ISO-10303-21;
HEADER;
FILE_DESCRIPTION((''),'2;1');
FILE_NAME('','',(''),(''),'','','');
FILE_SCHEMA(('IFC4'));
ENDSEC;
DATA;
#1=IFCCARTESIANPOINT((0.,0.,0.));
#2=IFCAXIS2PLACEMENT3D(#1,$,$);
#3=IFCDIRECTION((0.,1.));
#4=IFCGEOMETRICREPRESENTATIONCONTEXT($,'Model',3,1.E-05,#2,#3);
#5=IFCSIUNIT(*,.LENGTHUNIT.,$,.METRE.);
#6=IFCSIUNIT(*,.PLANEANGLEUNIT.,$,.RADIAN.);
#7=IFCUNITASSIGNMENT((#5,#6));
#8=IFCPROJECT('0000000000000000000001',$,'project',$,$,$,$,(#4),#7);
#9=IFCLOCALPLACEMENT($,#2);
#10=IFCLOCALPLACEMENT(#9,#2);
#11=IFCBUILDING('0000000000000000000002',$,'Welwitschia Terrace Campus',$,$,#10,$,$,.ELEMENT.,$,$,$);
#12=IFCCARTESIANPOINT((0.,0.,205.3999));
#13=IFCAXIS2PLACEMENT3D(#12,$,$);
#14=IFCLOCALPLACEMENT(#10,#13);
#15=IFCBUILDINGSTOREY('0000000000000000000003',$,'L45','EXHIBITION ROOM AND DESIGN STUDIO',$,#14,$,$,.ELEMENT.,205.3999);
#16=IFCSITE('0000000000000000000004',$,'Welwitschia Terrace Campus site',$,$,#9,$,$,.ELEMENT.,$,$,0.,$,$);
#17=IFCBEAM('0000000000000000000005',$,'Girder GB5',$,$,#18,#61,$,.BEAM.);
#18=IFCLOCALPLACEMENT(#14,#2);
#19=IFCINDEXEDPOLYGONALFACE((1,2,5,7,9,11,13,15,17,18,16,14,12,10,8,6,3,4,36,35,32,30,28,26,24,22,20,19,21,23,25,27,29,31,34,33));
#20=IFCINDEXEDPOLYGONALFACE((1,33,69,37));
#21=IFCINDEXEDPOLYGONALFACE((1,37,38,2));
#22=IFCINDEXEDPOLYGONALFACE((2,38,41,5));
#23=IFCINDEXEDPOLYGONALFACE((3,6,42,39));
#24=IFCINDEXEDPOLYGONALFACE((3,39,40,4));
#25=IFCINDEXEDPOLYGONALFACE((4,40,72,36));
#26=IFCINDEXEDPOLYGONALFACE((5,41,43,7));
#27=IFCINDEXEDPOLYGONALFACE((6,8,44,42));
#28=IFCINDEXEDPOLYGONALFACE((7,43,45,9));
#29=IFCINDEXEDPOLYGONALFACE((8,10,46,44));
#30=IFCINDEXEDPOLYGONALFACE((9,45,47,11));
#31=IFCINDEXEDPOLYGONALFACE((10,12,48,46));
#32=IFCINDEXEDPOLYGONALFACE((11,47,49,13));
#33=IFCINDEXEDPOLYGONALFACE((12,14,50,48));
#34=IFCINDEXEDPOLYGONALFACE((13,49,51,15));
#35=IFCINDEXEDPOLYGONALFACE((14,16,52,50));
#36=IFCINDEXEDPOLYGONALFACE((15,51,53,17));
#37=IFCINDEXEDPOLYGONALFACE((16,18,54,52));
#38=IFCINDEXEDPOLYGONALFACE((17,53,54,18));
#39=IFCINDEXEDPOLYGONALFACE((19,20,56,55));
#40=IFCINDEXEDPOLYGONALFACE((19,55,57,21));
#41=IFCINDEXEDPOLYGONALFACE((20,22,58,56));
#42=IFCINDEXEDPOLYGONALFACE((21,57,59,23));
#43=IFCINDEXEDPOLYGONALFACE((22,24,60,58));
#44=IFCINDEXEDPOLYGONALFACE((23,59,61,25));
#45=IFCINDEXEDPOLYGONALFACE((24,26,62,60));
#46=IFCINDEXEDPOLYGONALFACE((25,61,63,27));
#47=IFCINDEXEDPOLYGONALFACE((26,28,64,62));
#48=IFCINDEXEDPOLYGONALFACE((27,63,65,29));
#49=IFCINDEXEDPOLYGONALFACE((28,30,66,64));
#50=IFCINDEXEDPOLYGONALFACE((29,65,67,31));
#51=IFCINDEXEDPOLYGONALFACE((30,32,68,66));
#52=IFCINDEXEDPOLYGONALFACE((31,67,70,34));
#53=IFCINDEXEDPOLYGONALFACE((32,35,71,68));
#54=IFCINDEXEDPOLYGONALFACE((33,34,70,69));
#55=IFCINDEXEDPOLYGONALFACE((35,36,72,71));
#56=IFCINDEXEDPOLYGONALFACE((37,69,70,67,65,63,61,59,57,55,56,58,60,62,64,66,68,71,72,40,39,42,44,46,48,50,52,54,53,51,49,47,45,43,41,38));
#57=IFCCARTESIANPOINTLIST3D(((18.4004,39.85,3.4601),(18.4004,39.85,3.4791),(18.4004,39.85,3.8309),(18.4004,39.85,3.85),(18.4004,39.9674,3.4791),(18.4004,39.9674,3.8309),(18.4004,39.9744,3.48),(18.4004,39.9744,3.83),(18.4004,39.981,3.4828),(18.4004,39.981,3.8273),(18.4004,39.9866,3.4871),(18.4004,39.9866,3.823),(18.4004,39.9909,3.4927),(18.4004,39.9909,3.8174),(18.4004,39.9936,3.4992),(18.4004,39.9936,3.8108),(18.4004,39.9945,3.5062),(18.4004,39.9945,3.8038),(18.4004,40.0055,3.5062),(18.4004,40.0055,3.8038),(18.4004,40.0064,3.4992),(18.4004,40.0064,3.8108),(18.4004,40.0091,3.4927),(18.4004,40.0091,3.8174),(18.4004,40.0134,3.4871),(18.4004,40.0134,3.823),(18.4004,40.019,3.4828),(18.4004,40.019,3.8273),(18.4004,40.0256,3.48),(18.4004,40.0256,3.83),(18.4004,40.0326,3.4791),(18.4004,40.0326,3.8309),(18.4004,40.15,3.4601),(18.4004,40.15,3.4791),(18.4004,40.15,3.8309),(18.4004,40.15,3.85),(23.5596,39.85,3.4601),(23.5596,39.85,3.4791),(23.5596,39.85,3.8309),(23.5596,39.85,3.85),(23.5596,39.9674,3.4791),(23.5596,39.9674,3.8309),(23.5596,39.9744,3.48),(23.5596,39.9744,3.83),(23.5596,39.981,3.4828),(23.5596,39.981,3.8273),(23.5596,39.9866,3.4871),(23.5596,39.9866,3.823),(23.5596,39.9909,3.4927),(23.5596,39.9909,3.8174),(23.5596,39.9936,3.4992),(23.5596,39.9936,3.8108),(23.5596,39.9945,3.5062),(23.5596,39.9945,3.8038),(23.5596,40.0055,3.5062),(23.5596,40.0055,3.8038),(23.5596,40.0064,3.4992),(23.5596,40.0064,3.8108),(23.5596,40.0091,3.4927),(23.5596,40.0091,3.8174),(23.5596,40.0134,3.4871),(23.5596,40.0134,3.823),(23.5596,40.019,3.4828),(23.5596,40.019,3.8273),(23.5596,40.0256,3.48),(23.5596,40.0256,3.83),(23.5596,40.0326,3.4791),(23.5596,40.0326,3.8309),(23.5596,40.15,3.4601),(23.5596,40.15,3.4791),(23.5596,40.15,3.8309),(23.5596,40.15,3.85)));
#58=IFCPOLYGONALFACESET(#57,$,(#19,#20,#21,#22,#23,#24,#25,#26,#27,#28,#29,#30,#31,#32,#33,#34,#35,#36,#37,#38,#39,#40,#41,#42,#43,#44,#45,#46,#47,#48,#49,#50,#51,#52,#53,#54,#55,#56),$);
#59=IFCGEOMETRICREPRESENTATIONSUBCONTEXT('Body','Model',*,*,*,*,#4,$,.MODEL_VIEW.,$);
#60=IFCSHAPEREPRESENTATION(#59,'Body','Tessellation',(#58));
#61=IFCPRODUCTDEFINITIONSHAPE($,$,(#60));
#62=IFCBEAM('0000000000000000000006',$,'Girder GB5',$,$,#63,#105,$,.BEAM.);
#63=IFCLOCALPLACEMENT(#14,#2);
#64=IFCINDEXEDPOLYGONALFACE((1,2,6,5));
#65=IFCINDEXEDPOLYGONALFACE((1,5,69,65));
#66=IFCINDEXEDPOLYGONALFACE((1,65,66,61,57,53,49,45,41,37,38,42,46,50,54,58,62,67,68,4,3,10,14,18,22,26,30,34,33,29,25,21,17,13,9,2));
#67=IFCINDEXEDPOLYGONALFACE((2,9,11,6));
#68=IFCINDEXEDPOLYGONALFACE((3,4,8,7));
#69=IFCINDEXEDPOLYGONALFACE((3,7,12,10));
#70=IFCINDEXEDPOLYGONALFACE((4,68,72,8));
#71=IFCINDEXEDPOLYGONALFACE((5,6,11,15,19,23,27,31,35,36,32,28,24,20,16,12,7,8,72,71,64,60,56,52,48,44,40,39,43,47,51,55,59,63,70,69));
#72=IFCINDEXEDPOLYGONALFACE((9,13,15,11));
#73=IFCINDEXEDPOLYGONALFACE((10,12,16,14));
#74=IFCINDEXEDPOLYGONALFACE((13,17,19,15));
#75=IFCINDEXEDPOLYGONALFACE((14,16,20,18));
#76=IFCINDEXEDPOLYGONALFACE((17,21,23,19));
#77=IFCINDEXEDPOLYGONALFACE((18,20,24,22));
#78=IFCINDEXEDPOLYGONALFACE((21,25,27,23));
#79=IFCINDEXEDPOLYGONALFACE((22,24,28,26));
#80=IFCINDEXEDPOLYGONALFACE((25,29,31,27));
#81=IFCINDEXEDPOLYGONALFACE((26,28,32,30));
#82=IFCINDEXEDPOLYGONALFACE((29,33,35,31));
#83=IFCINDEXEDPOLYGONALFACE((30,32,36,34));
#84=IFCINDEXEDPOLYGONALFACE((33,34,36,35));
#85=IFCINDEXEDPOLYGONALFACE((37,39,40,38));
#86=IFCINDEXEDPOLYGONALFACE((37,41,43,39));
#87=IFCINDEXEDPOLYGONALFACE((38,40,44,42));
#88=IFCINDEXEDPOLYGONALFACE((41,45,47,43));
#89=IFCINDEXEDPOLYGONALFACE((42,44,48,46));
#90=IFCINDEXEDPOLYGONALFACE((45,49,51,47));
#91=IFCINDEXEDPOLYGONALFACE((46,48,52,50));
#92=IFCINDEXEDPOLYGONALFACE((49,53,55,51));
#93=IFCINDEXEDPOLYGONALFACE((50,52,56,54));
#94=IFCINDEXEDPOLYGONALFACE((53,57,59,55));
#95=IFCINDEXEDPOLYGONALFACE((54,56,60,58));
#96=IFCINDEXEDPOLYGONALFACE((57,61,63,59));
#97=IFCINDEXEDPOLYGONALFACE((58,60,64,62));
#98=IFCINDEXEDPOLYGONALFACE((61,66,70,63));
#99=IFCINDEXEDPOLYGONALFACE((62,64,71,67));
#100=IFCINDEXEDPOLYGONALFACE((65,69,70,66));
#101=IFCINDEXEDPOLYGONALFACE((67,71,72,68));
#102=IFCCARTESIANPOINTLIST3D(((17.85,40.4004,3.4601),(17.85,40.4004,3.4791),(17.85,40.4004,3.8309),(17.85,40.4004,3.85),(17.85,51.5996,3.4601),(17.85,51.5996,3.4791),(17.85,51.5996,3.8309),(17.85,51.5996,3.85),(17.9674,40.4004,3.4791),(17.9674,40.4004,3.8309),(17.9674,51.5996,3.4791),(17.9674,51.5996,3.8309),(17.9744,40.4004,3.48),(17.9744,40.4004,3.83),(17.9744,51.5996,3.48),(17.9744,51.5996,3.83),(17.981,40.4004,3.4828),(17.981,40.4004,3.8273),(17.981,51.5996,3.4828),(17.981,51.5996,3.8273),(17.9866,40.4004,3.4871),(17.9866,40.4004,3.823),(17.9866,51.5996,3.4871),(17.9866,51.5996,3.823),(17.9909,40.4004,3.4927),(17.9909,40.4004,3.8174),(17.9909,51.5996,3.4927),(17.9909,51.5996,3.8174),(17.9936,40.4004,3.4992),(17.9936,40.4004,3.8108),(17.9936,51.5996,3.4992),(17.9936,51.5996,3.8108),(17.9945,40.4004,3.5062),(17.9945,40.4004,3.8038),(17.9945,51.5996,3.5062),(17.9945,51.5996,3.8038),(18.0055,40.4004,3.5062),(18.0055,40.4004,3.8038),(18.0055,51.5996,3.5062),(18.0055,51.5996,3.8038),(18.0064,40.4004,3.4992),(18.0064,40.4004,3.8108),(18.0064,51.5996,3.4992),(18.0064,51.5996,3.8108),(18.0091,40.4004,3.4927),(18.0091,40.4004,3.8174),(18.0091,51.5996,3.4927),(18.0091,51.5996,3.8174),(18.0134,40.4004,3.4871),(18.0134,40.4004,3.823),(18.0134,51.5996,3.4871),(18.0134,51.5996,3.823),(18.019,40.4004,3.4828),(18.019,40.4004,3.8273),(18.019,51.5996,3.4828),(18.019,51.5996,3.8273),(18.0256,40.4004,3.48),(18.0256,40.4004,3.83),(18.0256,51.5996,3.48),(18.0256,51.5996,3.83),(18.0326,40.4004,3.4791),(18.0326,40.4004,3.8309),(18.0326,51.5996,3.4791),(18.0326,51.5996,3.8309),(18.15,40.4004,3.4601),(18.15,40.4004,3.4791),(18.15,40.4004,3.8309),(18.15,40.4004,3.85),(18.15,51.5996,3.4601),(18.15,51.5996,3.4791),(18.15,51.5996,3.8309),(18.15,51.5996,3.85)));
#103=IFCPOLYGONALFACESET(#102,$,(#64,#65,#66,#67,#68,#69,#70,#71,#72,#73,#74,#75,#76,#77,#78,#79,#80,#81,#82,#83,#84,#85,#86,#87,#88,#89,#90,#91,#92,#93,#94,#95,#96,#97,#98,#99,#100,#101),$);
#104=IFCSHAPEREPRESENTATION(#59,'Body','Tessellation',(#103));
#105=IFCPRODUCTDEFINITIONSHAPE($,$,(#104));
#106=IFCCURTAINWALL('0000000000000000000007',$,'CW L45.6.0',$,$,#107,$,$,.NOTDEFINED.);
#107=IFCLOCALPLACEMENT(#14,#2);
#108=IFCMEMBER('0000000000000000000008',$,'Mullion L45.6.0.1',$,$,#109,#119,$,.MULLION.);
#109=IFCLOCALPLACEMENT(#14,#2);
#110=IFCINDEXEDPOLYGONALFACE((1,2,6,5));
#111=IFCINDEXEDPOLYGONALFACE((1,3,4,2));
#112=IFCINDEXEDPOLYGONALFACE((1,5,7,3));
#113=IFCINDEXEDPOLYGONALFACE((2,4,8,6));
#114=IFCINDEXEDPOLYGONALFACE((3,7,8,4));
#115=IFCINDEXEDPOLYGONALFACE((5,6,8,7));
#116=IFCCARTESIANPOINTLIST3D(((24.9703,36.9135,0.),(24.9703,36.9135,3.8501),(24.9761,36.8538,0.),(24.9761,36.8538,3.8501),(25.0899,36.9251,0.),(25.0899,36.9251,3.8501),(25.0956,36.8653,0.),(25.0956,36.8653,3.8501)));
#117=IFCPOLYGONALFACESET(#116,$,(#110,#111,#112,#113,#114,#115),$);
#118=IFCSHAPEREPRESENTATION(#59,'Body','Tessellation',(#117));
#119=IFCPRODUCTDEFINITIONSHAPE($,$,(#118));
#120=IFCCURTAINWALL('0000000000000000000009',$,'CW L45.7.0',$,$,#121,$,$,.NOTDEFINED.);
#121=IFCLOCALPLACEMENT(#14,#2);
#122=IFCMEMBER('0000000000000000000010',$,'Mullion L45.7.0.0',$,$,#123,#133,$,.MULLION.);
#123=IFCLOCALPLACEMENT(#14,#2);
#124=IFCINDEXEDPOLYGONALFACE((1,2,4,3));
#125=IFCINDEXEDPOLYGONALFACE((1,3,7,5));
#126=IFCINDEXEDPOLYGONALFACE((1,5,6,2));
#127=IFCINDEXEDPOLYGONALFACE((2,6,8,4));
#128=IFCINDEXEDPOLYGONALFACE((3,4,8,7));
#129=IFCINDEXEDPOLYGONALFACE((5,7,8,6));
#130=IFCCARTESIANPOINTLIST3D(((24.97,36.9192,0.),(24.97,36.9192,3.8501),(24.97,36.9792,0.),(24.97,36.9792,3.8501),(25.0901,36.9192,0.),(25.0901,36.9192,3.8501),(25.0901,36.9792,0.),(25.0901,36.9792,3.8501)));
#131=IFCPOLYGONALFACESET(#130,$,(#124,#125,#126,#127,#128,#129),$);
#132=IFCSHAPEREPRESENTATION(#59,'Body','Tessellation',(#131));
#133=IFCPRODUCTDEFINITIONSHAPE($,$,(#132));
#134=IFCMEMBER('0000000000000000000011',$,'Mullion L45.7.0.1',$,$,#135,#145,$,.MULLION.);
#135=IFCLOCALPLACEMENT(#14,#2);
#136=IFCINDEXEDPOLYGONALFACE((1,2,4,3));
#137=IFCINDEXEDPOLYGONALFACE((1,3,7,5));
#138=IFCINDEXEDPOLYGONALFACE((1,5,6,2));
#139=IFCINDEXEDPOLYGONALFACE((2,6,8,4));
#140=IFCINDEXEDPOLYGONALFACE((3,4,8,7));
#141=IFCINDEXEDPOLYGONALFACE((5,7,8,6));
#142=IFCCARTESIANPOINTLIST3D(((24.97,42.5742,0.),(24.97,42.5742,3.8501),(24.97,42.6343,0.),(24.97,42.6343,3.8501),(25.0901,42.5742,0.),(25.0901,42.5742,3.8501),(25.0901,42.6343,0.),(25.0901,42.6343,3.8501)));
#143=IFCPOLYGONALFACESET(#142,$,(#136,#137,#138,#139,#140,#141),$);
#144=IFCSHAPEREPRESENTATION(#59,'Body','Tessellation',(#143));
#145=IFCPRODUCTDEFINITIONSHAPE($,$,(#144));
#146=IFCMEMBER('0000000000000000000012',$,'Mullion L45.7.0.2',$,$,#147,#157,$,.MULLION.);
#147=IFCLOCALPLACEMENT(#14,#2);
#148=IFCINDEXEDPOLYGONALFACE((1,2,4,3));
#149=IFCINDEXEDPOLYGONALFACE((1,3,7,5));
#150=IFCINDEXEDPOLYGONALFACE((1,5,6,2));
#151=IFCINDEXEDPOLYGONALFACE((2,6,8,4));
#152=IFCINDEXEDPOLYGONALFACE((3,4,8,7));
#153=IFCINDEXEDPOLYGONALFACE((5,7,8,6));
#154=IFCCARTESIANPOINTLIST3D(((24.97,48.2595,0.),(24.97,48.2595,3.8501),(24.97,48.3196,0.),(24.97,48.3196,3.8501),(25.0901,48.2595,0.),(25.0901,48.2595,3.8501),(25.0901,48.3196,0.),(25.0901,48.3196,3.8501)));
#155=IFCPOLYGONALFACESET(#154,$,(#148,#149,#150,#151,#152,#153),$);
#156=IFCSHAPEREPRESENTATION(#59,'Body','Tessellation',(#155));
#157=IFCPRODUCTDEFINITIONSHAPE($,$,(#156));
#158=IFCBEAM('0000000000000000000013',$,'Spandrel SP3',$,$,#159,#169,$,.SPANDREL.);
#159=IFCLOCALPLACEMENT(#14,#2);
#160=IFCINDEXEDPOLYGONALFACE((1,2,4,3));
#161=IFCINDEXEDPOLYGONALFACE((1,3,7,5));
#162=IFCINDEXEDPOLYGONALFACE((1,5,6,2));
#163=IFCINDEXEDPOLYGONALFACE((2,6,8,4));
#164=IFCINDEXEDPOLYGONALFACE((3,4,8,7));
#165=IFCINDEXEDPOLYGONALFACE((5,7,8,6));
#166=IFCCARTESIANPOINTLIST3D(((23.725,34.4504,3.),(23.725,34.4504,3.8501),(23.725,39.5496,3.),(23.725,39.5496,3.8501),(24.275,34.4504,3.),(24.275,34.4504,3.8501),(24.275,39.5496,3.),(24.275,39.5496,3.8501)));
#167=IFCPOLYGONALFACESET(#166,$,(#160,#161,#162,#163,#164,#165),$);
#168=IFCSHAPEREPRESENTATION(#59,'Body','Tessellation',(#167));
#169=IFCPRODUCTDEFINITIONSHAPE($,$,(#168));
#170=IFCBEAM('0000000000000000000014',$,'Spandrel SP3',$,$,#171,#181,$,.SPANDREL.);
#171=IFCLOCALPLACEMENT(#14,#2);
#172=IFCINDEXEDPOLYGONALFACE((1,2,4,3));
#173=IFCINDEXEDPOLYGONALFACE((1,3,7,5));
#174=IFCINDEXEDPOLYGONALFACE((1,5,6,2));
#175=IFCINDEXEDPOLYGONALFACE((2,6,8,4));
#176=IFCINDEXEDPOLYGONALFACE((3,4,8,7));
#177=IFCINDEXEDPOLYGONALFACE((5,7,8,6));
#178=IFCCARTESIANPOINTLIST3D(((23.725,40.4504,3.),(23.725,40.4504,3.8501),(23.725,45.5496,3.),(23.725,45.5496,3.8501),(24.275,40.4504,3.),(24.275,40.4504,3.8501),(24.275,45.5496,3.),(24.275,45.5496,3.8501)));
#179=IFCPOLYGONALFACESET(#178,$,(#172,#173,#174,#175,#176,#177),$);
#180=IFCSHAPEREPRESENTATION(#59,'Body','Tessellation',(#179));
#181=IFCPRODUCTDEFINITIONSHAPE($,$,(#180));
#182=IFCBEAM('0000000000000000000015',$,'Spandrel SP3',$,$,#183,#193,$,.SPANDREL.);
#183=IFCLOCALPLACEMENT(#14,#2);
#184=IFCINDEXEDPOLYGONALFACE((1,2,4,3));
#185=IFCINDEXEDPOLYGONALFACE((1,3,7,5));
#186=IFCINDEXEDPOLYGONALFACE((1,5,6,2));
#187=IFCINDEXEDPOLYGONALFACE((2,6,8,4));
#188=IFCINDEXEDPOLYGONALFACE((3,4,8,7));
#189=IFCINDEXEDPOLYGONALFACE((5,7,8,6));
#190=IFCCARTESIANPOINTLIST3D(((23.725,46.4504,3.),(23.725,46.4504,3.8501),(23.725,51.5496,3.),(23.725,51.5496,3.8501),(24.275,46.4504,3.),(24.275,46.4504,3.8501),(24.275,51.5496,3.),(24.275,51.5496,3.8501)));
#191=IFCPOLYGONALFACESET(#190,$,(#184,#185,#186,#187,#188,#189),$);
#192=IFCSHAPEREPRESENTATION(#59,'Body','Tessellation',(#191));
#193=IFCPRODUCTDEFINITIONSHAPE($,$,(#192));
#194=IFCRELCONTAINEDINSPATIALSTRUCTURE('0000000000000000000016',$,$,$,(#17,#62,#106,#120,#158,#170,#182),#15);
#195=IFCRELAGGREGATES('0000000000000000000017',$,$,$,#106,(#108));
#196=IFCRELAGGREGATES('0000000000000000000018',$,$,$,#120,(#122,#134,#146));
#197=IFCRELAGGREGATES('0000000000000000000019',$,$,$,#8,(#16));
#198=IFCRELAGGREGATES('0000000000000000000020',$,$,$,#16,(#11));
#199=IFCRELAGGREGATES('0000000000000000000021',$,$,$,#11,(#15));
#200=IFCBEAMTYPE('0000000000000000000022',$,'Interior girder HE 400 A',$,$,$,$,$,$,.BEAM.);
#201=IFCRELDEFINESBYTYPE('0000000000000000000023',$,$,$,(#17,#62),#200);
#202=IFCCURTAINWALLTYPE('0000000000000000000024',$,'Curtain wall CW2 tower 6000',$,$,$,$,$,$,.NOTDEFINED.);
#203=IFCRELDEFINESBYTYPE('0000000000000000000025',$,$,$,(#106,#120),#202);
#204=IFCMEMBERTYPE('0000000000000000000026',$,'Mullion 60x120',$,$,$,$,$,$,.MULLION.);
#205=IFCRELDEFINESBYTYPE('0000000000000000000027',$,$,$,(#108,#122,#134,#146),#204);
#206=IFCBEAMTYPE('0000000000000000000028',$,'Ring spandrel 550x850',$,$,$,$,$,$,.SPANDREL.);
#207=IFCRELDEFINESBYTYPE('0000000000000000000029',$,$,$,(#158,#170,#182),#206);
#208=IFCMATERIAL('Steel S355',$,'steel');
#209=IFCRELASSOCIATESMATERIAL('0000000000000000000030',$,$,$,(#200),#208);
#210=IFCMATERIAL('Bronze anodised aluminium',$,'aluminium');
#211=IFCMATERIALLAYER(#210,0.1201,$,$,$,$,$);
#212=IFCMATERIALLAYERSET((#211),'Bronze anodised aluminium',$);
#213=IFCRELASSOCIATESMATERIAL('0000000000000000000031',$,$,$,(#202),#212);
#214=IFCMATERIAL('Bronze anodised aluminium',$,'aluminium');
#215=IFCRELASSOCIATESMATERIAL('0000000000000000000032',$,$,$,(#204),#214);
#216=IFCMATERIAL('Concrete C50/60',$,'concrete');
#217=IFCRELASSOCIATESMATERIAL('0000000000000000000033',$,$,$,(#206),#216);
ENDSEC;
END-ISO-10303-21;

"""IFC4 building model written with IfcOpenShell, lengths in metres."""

from ifc_helpers import new_model, si_unit, direction, frame, origin, origin_2d, place, context, subcontext, project, spatial, rectangle, i_section, extrude, material, layer, layer_set, material_profile, profile_set, type_object, element, aggregate, save


model = new_model("IFC4")

# Units and contexts
model_context = context("Model", 3, precision=1e-05, world=origin(), true_north=direction((0.0, 1.0)))
body_context = subcontext(model_context, "Body", "Model", "MODEL_VIEW")
ifc_project = project(units=[si_unit("LENGTHUNIT", "METRE"), si_unit("PLANEANGLEUNIT", "RADIAN")], contexts=[model_context])

# Site, building, storey
site_placement = place(None, origin())
site = spatial("IfcSite", under=ifc_project, at=site_placement, Name="Welwitschia Terrace Campus site", CompositionType="ELEMENT", RefElevation=0.0)
building_placement = place(site_placement, origin())
building = spatial("IfcBuilding", under=site, at=building_placement, Name="Welwitschia Terrace Campus", CompositionType="ELEMENT")
storey_placement = place(building_placement, frame((0.0, 0.0, 205.3999)))
storey = spatial("IfcBuildingStorey", under=building, at=storey_placement, Name="L45", Description="EXHIBITION ROOM AND DESIGN STUDIO", CompositionType="ELEMENT", Elevation=205.3999)

# Beams
ifc_material_1 = material(Name="Steel S355", Category="steel")
ifc_material_profile_1 = material_profile(ifc_material_1, i_section(OverallWidth=0.3, OverallDepth=0.3899, WebThickness=0.011, FlangeThickness=0.019, FilletRadius=0.0271, at=origin_2d()))
ifc_profile_set_1 = profile_set([ifc_material_profile_1], Name="Steel S355")
beam_type_1 = type_object("IfcBeamType", Name="Interior girder HE 400 A", PredefinedType="BEAM", material=ifc_profile_set_1)
beam_1_placement = place(storey_placement, frame((18.4004, 40.0, 3.655), z_axis=(1.0, 0.0, 0.0), x_axis=(0.0, 1.0, 0.0)))
element("IfcBeam", 1, at=beam_1_placement, inside=storey, type_object=beam_type_1, Name="Girder GB5", PredefinedType="BEAM", context=body_context, shape_type="SweptSolid", body=[
    extrude(i_section(OverallWidth=0.3, OverallDepth=0.3899, WebThickness=0.011, FlangeThickness=0.019, FilletRadius=0.0271, at=origin_2d()), origin(), (0.0, 0.0, 1.0), 5.1592),
])
beam_2_placement = place(storey_placement, frame((18.0, 40.4004, 3.655), z_axis=(0.0, 1.0, 0.0), x_axis=(-1.0, 0.0, 0.0)))
element("IfcBeam", 2, at=beam_2_placement, inside=storey, type_object=beam_type_1, Name="Girder GB5", PredefinedType="BEAM", context=body_context, shape_type="SweptSolid", body=[
    extrude(i_section(OverallWidth=0.3, OverallDepth=0.3899, WebThickness=0.011, FlangeThickness=0.019, FilletRadius=0.0271, at=origin_2d()), origin(), (0.0, 0.0, 1.0), 11.1992),
])

# Curtain wall, member
ifc_material_2 = material(Name="Bronze anodised aluminium", Category="aluminium")
ifc_layer_1 = layer(ifc_material_2, 0.1201)
ifc_layer_set_1 = layer_set([ifc_layer_1], Name="Bronze anodised aluminium")
curtain_wall_type = type_object("IfcCurtainWallType", Name="Curtain wall CW2 tower 6000", PredefinedType="NOTDEFINED", material=ifc_layer_set_1)
curtain_wall_1_placement = place(storey_placement, origin())
curtain_wall_1 = element("IfcCurtainWall", 3, at=curtain_wall_1_placement, inside=storey, type_object=curtain_wall_type, Name="CW L45.6.0", PredefinedType="NOTDEFINED")
ifc_material_3 = material(Name="Bronze anodised aluminium", Category="aluminium")
ifc_material_profile_2 = material_profile(ifc_material_3, rectangle(XDim=0.1201, YDim=0.0601, at=origin_2d()))
ifc_profile_set_2 = profile_set([ifc_material_profile_2], Name="Bronze anodised aluminium")
member_type_1 = type_object("IfcMemberType", Name="Mullion 60x120", PredefinedType="MULLION", material=ifc_profile_set_2)
member_1_placement = place(storey_placement, frame((25.033, 36.8894, 0.0), z_axis=(0.0, 0.0, 1.0), x_axis=(-0.995396, -0.095846, 0.0)))
member_1 = element("IfcMember", 4, at=member_1_placement, type_object=member_type_1, Name="Mullion L45.6.0.1", PredefinedType="MULLION", context=body_context, shape_type="SweptSolid", body=[
    extrude(rectangle(XDim=0.1201, YDim=0.0601, at=origin_2d()), origin(), (0.0, 0.0, 1.0), 3.8501),
])
aggregate(curtain_wall_1, [member_1])

# Curtain wall, members
curtain_wall_2_placement = place(storey_placement, origin())
curtain_wall_2 = element("IfcCurtainWall", 5, at=curtain_wall_2_placement, inside=storey, type_object=curtain_wall_type, Name="CW L45.7.0", PredefinedType="NOTDEFINED")
member_2_placement = place(storey_placement, frame((25.03, 36.9492, 0.0), z_axis=(0.0, 0.0, 1.0), x_axis=(-1.0, 0.0, 0.0)))
member_2 = element("IfcMember", 6, at=member_2_placement, type_object=member_type_1, Name="Mullion L45.7.0.0", PredefinedType="MULLION", context=body_context, shape_type="SweptSolid", body=[
    extrude(rectangle(XDim=0.1201, YDim=0.0601, at=origin_2d()), origin(), (0.0, 0.0, 1.0), 3.8501),
])
member_3_placement = place(storey_placement, frame((25.03, 42.6042, 0.0), z_axis=(0.0, 0.0, 1.0), x_axis=(-1.0, 0.0, 0.0)))
member_3 = element("IfcMember", 7, at=member_3_placement, type_object=member_type_1, Name="Mullion L45.7.0.1", PredefinedType="MULLION", context=body_context, shape_type="SweptSolid", body=[
    extrude(rectangle(XDim=0.1201, YDim=0.0601, at=origin_2d()), origin(), (0.0, 0.0, 1.0), 3.8501),
])
member_4_placement = place(storey_placement, frame((25.03, 48.2896, 0.0), z_axis=(0.0, 0.0, 1.0), x_axis=(-1.0, 0.0, 0.0)))
member_4 = element("IfcMember", 8, at=member_4_placement, type_object=member_type_1, Name="Mullion L45.7.0.2", PredefinedType="MULLION", context=body_context, shape_type="SweptSolid", body=[
    extrude(rectangle(XDim=0.1201, YDim=0.0601, at=origin_2d()), origin(), (0.0, 0.0, 1.0), 3.8501),
])

# Beams
ifc_material_4 = material(Name="Concrete C50/60", Category="concrete")
ifc_material_profile_3 = material_profile(ifc_material_4, rectangle(XDim=0.55, YDim=0.8501, at=origin_2d()))
ifc_profile_set_3 = profile_set([ifc_material_profile_3], Name="Concrete C50/60")
beam_type_2 = type_object("IfcBeamType", Name="Ring spandrel 550x850", PredefinedType="SPANDREL", material=ifc_profile_set_3)
for number, where, z_axis, x_axis, name in (
    (9, (24.0, 34.4504, 3.425), (0.0, 1.0, 0.0), (-1.0, 0.0, 0.0), "Spandrel SP3"),
    (10, (24.0, 40.4504, 3.425), (0.0, 1.0, 0.0), (-1.0, 0.0, 0.0), "Spandrel SP3"),
    (11, (24.0, 46.4504, 3.425), (0.0, 1.0, 0.0), (-1.0, 0.0, 0.0), "Spandrel SP3"),
):
    element("IfcBeam", number, at=place(storey_placement, frame(where, z_axis=z_axis, x_axis=x_axis)), inside=storey, type_object=beam_type_2, Name=name, PredefinedType="SPANDREL", context=body_context, shape_type="SweptSolid", body=[
        extrude(rectangle(XDim=0.55, YDim=0.8501, at=origin_2d()), origin(), (0.0, 0.0, 1.0), 5.0991),
    ])

aggregate(curtain_wall_2, [member_2, member_3, member_4])

save(model, "model.ifc")
